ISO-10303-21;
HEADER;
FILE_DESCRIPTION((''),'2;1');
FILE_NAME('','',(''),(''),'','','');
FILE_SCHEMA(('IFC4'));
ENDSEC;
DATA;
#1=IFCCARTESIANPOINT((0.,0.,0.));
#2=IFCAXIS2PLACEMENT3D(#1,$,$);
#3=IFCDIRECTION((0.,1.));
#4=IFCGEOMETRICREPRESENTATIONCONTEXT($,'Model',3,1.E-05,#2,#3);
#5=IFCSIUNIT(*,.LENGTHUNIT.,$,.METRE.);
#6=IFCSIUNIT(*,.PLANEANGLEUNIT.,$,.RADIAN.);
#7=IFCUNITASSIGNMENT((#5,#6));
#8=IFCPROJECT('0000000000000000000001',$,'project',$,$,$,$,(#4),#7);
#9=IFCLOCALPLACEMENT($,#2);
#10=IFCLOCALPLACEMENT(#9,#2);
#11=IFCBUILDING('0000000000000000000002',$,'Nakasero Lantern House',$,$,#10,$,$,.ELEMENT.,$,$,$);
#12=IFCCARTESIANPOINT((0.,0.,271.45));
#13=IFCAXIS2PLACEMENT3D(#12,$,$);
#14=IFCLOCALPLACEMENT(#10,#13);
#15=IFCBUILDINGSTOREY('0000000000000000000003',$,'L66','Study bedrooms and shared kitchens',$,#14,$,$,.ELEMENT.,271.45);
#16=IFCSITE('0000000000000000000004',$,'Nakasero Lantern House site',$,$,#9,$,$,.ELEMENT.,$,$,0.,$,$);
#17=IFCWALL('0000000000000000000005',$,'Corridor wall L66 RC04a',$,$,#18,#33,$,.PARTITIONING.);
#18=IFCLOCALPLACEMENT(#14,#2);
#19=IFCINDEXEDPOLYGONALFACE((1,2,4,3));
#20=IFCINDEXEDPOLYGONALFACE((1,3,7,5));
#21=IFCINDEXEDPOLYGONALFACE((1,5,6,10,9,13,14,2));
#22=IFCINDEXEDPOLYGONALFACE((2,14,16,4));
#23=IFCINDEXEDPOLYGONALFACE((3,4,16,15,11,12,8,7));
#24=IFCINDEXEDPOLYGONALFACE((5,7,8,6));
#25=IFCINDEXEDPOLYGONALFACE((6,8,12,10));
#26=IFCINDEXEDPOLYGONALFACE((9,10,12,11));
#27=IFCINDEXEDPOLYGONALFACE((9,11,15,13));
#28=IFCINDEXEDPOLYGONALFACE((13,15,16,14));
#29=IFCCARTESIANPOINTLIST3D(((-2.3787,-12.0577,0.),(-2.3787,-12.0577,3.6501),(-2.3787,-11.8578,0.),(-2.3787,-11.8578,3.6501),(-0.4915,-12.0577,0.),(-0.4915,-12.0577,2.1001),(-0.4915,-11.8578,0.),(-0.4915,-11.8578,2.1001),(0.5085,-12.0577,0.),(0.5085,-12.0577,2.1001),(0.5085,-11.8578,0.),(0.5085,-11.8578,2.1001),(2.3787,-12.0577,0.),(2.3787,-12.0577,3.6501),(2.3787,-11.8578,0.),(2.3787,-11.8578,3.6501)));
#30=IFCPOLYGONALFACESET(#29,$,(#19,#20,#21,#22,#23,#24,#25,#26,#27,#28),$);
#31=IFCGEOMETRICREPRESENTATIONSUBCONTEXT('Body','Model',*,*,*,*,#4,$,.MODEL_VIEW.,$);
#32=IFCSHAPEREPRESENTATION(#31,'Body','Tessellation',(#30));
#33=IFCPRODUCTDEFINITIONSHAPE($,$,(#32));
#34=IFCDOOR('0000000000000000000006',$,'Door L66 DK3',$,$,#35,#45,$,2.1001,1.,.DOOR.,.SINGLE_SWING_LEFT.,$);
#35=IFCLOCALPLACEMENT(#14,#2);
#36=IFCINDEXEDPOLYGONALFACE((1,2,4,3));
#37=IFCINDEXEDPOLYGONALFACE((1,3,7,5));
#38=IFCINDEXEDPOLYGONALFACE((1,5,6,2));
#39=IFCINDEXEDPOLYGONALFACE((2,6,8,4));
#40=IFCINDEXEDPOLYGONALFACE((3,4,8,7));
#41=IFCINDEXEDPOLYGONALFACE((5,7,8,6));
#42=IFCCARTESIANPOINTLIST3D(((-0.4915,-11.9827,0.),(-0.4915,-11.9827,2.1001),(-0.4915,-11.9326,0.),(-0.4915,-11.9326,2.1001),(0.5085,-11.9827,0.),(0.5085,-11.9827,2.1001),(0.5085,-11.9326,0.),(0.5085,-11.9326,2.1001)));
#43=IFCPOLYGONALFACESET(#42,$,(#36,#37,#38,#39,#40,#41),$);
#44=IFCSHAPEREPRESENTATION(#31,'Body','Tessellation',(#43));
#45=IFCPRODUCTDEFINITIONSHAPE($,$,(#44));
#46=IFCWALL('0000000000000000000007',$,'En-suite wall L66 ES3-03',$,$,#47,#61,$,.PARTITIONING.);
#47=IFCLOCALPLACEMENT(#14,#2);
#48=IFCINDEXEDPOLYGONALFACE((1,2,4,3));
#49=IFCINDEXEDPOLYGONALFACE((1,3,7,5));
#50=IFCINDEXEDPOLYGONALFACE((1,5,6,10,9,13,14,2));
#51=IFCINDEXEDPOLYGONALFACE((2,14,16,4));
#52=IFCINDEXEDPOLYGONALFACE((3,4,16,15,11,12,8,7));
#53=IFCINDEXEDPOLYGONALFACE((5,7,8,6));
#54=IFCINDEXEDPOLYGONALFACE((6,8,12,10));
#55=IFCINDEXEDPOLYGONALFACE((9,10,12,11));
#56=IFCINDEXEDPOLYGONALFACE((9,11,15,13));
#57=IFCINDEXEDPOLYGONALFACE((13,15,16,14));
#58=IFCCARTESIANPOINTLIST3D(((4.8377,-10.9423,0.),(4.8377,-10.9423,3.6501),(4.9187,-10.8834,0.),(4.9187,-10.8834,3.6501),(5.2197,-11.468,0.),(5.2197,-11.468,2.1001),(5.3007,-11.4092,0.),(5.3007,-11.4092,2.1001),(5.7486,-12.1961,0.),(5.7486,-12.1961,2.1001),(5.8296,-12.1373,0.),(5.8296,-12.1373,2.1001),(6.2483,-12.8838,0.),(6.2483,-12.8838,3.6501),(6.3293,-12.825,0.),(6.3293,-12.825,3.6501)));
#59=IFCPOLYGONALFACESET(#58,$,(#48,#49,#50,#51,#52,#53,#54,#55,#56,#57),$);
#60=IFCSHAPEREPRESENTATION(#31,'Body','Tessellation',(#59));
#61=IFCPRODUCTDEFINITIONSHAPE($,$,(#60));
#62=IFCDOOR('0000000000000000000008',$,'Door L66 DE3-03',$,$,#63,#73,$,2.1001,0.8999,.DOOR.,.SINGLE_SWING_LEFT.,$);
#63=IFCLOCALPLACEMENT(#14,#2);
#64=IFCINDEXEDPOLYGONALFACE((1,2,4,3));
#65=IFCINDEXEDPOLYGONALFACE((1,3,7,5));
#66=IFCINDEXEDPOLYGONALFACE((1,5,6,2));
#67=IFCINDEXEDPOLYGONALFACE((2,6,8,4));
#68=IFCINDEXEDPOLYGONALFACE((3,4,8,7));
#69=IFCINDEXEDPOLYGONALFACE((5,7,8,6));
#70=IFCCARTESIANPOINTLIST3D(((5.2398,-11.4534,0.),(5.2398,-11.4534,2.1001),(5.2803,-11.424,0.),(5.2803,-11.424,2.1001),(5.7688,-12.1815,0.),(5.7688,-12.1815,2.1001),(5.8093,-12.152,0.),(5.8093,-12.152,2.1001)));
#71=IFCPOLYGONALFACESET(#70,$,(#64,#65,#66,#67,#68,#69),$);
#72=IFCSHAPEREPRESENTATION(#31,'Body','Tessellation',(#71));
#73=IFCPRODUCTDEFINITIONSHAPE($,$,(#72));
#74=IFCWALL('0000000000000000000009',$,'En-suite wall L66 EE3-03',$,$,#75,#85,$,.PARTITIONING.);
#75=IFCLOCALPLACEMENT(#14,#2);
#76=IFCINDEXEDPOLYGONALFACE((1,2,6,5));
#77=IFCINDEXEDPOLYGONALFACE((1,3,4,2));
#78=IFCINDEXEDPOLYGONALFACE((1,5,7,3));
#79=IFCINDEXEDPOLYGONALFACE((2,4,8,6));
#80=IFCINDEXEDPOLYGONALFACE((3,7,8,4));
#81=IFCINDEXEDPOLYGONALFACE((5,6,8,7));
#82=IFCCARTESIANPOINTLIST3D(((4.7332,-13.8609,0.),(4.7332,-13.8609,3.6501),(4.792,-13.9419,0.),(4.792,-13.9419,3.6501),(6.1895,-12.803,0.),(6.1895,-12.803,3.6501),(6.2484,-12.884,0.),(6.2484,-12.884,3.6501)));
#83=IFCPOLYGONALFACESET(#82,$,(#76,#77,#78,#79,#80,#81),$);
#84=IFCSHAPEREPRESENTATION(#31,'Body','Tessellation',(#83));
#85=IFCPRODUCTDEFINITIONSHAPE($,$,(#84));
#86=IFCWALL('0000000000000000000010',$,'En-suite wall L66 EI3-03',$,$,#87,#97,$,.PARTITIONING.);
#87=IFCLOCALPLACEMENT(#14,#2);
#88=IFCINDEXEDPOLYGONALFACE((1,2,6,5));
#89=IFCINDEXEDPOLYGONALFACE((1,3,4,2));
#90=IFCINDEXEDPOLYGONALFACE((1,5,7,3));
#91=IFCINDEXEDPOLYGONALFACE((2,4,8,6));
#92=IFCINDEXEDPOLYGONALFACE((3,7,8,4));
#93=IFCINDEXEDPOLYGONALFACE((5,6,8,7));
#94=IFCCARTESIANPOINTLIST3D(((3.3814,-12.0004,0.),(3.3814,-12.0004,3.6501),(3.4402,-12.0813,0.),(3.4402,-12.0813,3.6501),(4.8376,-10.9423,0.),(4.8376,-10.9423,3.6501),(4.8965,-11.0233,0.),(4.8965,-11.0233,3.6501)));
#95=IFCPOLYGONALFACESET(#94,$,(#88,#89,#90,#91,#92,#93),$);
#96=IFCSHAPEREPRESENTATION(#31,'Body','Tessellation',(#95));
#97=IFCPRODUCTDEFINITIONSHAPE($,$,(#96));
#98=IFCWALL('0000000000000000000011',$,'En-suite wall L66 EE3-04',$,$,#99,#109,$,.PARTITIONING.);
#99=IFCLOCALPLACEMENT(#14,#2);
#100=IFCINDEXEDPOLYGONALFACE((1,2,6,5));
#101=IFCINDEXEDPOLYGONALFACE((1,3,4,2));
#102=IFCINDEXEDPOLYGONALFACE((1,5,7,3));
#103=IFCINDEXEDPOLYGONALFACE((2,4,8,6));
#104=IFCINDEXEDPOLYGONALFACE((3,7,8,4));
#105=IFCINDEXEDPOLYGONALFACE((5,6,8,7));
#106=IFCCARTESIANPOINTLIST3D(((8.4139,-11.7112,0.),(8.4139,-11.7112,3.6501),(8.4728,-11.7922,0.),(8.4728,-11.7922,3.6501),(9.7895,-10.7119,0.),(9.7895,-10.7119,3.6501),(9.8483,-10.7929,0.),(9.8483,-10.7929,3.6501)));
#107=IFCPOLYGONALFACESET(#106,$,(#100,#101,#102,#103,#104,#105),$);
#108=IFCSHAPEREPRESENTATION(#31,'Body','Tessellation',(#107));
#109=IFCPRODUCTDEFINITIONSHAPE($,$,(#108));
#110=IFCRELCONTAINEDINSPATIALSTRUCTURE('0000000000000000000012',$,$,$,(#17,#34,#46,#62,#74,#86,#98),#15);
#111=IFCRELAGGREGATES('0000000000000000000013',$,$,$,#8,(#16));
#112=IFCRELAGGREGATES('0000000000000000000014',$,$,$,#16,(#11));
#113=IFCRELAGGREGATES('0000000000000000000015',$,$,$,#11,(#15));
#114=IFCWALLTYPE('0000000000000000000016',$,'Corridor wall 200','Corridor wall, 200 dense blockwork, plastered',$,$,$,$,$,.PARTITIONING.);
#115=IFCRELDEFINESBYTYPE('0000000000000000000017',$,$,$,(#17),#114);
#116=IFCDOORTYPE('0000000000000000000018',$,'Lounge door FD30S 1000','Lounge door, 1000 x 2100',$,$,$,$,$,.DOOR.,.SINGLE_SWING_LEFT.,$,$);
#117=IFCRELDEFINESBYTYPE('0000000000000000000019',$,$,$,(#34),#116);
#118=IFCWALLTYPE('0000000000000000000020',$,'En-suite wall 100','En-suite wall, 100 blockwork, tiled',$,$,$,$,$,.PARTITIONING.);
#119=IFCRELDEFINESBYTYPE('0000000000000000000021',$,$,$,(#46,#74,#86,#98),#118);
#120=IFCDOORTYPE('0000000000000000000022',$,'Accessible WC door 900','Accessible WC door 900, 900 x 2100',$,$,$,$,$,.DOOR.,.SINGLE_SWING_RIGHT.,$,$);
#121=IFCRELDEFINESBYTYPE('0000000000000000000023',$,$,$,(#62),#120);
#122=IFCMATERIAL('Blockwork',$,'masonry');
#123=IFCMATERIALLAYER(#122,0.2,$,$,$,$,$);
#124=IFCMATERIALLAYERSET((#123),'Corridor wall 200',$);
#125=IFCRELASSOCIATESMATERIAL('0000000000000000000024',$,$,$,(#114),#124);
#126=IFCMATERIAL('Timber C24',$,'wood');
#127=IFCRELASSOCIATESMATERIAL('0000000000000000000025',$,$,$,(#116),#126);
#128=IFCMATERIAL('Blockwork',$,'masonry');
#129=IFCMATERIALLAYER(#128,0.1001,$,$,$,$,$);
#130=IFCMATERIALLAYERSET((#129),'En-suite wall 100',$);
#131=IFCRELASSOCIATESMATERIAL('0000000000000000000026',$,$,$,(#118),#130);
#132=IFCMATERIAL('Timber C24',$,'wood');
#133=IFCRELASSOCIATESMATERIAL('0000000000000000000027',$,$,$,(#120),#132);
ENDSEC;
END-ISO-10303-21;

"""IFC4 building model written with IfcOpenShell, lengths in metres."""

from ifc_helpers import new_model, si_unit, direction, frame, frame_2d, origin, place, context, subcontext, project, spatial, rectangle, extrude, material, layer, layer_set, type_object, element, fill, save


model = new_model("IFC4")

# Units and contexts
model_context = context("Model", 3, precision=1e-05, world=origin(), true_north=direction((0.0, 1.0)))
body_context = subcontext(model_context, "Body", "Model", "MODEL_VIEW")
ifc_project = project(units=[si_unit("LENGTHUNIT", "METRE"), si_unit("PLANEANGLEUNIT", "RADIAN")], contexts=[model_context])

# Site, building, storey
site_placement = place(None, origin())
site = spatial("IfcSite", under=ifc_project, at=site_placement, Name="Nakasero Lantern House site", CompositionType="ELEMENT", RefElevation=0.0)
building_placement = place(site_placement, origin())
building = spatial("IfcBuilding", under=site, at=building_placement, Name="Nakasero Lantern House", CompositionType="ELEMENT")
storey_placement = place(building_placement, frame((0.0, 0.0, 271.45)))
storey = spatial("IfcBuildingStorey", under=building, at=storey_placement, Name="L66", Description="Study bedrooms and shared kitchens", CompositionType="ELEMENT", Elevation=271.45)

# Walls, openings, doors
ifc_material_1 = material(Name="Blockwork", Category="masonry")
ifc_layer_1 = layer(ifc_material_1, 0.2)
ifc_layer_set_1 = layer_set([ifc_layer_1], Name="Corridor wall 200")
wall_type_1 = type_object("IfcWallType", Name="Corridor wall 200", Description="Corridor wall, 200 dense blockwork, plastered", PredefinedType="PARTITIONING", material=ifc_layer_set_1)
wall_1_placement = place(storey_placement, frame((2.3787, -11.9578, 0.0), z_axis=(0.0, 0.0, 1.0), x_axis=(-1.0, 0.0, 0.0)))
wall_1 = element("IfcWall", 1, at=wall_1_placement, inside=storey, type_object=wall_type_1, Name="Corridor wall L66 RC04a", PredefinedType="PARTITIONING", context=body_context, shape_type="SweptSolid", body=[
    extrude(rectangle(XDim=4.7573, YDim=0.2, at=frame_2d((2.3787, 0.0))), origin(), (0.0, 0.0, 1.0), 3.6501),
])
opening_1_placement = place(wall_1_placement, frame((1.8701, 0.0, 0.0)))
opening_1 = element("IfcOpeningElement", 2, at=opening_1_placement, cuts=wall_1, PredefinedType="OPENING", context=body_context, shape_type="SweptSolid", body=[
    extrude(rectangle(XDim=1.0, YDim=2.1001, at=frame_2d((0.5, 1.05))), frame((0.0, 0.1199, 0.0), z_axis=(0.0, -1.0, 0.0), x_axis=(1.0, 0.0, 0.0)), (0.0, 0.0, 1.0), 0.24),
])
ifc_material_2 = material(Name="Timber C24", Category="wood")
door_type_1 = type_object("IfcDoorType", Name="Lounge door FD30S 1000", Description="Lounge door, 1000 x 2100", OperationType="SINGLE_SWING_LEFT", PredefinedType="DOOR", material=ifc_material_2)
door_1_placement = place(opening_1_placement, origin())
door_1 = element("IfcDoor", 3, at=door_1_placement, inside=storey, type_object=door_type_1, Name="Door L66 DK3", OperationType="SINGLE_SWING_LEFT", OverallHeight=2.1001, OverallWidth=1.0, PredefinedType="DOOR", context=body_context, shape_type="SweptSolid", body=[
    extrude(rectangle(XDim=1.0, YDim=2.1001, at=frame_2d((0.5, 1.05))), frame((0.0, 0.0249, 0.0), z_axis=(0.0, -1.0, 0.0), x_axis=(1.0, 0.0, 0.0)), (0.0, 0.0, 1.0), 0.05),
])
fill(opening_1, door_1)
ifc_material_3 = material(Name="Blockwork", Category="masonry")
ifc_layer_2 = layer(ifc_material_3, 0.1001)
ifc_layer_set_2 = layer_set([ifc_layer_2], Name="En-suite wall 100")
wall_type_2 = type_object("IfcWallType", Name="En-suite wall 100", Description="En-suite wall, 100 blockwork, tiled", PredefinedType="PARTITIONING", material=ifc_layer_set_2)
wall_2_placement = place(storey_placement, frame((4.8782, -10.9128, 0.0), z_axis=(0.0, 0.0, 1.0), x_axis=(0.587772, -0.809026, 0.0)))
wall_2 = element("IfcWall", 4, at=wall_2_placement, inside=storey, type_object=wall_type_2, Name="En-suite wall L66 ES3-03", PredefinedType="PARTITIONING", context=body_context, shape_type="SweptSolid", body=[
    extrude(rectangle(XDim=2.3999, YDim=0.1001, at=frame_2d((1.2, 0.0))), origin(), (0.0, 0.0, 1.0), 3.6501),
])
opening_2_placement = place(wall_2_placement, frame((0.6499, 0.0, 0.0)))
opening_2 = element("IfcOpeningElement", 5, at=opening_2_placement, cuts=wall_2, PredefinedType="OPENING", context=body_context, shape_type="SweptSolid", body=[
    extrude(rectangle(XDim=0.8999, YDim=2.1001, at=frame_2d((0.45, 1.05))), frame((0.0, 0.0701, 0.0), z_axis=(0.0, -1.0, 0.0), x_axis=(1.0, 0.0, 0.0)), (0.0, 0.0, 1.0), 0.1401),
])
ifc_material_4 = material(Name="Timber C24", Category="wood")
door_type_2 = type_object("IfcDoorType", Name="Accessible WC door 900", Description="Accessible WC door 900, 900 x 2100", OperationType="SINGLE_SWING_RIGHT", PredefinedType="DOOR", material=ifc_material_4)
door_2_placement = place(opening_2_placement, origin())
door_2 = element("IfcDoor", 6, at=door_2_placement, inside=storey, type_object=door_type_2, Name="Door L66 DE3-03", OperationType="SINGLE_SWING_LEFT", OverallHeight=2.1001, OverallWidth=0.8999, PredefinedType="DOOR", context=body_context, shape_type="SweptSolid", body=[
    extrude(rectangle(XDim=0.8999, YDim=2.1001, at=frame_2d((0.45, 1.05))), frame((0.0, 0.0249, 0.0), z_axis=(0.0, -1.0, 0.0), x_axis=(1.0, 0.0, 0.0)), (0.0, 0.0, 1.0), 0.05),
])
fill(opening_2, door_2)

# Walls
for number, where, z_axis, x_axis, name in (
    (7, (4.7627, -13.9014, 0.0), (0.0, 0.0, 1.0), (0.80907, 0.587712, 0.0), "En-suite wall L66 EE3-03"),
    (8, (3.4109, -12.0408, 0.0), (0.0, 0.0, 1.0), (0.809006, 0.587801, 0.0), "En-suite wall L66 EI3-03"),
):
    element("IfcWall", number, at=place(storey_placement, frame(where, z_axis=z_axis, x_axis=x_axis)), inside=storey, type_object=wall_type_2, Name=name, PredefinedType="PARTITIONING", context=body_context, shape_type="SweptSolid", body=[
        extrude(rectangle(XDim=1.8, YDim=0.1001, at=frame_2d((0.8999, 0.0))), origin(), (0.0, 0.0, 1.0), 3.6501),
    ])
wall_3_placement = place(storey_placement, frame((8.4434, -11.7517, 0.0), z_axis=(0.0, 0.0, 1.0), x_axis=(0.80904, 0.587753, 0.0)))
element("IfcWall", 9, at=wall_3_placement, inside=storey, type_object=wall_type_2, Name="En-suite wall L66 EE3-04", PredefinedType="PARTITIONING", context=body_context, shape_type="SweptSolid", body=[
    extrude(rectangle(XDim=1.7002, YDim=0.1001, at=frame_2d((0.8501, 0.0))), origin(), (0.0, 0.0, 1.0), 3.6501),
])

save(model, "model.ifc")
